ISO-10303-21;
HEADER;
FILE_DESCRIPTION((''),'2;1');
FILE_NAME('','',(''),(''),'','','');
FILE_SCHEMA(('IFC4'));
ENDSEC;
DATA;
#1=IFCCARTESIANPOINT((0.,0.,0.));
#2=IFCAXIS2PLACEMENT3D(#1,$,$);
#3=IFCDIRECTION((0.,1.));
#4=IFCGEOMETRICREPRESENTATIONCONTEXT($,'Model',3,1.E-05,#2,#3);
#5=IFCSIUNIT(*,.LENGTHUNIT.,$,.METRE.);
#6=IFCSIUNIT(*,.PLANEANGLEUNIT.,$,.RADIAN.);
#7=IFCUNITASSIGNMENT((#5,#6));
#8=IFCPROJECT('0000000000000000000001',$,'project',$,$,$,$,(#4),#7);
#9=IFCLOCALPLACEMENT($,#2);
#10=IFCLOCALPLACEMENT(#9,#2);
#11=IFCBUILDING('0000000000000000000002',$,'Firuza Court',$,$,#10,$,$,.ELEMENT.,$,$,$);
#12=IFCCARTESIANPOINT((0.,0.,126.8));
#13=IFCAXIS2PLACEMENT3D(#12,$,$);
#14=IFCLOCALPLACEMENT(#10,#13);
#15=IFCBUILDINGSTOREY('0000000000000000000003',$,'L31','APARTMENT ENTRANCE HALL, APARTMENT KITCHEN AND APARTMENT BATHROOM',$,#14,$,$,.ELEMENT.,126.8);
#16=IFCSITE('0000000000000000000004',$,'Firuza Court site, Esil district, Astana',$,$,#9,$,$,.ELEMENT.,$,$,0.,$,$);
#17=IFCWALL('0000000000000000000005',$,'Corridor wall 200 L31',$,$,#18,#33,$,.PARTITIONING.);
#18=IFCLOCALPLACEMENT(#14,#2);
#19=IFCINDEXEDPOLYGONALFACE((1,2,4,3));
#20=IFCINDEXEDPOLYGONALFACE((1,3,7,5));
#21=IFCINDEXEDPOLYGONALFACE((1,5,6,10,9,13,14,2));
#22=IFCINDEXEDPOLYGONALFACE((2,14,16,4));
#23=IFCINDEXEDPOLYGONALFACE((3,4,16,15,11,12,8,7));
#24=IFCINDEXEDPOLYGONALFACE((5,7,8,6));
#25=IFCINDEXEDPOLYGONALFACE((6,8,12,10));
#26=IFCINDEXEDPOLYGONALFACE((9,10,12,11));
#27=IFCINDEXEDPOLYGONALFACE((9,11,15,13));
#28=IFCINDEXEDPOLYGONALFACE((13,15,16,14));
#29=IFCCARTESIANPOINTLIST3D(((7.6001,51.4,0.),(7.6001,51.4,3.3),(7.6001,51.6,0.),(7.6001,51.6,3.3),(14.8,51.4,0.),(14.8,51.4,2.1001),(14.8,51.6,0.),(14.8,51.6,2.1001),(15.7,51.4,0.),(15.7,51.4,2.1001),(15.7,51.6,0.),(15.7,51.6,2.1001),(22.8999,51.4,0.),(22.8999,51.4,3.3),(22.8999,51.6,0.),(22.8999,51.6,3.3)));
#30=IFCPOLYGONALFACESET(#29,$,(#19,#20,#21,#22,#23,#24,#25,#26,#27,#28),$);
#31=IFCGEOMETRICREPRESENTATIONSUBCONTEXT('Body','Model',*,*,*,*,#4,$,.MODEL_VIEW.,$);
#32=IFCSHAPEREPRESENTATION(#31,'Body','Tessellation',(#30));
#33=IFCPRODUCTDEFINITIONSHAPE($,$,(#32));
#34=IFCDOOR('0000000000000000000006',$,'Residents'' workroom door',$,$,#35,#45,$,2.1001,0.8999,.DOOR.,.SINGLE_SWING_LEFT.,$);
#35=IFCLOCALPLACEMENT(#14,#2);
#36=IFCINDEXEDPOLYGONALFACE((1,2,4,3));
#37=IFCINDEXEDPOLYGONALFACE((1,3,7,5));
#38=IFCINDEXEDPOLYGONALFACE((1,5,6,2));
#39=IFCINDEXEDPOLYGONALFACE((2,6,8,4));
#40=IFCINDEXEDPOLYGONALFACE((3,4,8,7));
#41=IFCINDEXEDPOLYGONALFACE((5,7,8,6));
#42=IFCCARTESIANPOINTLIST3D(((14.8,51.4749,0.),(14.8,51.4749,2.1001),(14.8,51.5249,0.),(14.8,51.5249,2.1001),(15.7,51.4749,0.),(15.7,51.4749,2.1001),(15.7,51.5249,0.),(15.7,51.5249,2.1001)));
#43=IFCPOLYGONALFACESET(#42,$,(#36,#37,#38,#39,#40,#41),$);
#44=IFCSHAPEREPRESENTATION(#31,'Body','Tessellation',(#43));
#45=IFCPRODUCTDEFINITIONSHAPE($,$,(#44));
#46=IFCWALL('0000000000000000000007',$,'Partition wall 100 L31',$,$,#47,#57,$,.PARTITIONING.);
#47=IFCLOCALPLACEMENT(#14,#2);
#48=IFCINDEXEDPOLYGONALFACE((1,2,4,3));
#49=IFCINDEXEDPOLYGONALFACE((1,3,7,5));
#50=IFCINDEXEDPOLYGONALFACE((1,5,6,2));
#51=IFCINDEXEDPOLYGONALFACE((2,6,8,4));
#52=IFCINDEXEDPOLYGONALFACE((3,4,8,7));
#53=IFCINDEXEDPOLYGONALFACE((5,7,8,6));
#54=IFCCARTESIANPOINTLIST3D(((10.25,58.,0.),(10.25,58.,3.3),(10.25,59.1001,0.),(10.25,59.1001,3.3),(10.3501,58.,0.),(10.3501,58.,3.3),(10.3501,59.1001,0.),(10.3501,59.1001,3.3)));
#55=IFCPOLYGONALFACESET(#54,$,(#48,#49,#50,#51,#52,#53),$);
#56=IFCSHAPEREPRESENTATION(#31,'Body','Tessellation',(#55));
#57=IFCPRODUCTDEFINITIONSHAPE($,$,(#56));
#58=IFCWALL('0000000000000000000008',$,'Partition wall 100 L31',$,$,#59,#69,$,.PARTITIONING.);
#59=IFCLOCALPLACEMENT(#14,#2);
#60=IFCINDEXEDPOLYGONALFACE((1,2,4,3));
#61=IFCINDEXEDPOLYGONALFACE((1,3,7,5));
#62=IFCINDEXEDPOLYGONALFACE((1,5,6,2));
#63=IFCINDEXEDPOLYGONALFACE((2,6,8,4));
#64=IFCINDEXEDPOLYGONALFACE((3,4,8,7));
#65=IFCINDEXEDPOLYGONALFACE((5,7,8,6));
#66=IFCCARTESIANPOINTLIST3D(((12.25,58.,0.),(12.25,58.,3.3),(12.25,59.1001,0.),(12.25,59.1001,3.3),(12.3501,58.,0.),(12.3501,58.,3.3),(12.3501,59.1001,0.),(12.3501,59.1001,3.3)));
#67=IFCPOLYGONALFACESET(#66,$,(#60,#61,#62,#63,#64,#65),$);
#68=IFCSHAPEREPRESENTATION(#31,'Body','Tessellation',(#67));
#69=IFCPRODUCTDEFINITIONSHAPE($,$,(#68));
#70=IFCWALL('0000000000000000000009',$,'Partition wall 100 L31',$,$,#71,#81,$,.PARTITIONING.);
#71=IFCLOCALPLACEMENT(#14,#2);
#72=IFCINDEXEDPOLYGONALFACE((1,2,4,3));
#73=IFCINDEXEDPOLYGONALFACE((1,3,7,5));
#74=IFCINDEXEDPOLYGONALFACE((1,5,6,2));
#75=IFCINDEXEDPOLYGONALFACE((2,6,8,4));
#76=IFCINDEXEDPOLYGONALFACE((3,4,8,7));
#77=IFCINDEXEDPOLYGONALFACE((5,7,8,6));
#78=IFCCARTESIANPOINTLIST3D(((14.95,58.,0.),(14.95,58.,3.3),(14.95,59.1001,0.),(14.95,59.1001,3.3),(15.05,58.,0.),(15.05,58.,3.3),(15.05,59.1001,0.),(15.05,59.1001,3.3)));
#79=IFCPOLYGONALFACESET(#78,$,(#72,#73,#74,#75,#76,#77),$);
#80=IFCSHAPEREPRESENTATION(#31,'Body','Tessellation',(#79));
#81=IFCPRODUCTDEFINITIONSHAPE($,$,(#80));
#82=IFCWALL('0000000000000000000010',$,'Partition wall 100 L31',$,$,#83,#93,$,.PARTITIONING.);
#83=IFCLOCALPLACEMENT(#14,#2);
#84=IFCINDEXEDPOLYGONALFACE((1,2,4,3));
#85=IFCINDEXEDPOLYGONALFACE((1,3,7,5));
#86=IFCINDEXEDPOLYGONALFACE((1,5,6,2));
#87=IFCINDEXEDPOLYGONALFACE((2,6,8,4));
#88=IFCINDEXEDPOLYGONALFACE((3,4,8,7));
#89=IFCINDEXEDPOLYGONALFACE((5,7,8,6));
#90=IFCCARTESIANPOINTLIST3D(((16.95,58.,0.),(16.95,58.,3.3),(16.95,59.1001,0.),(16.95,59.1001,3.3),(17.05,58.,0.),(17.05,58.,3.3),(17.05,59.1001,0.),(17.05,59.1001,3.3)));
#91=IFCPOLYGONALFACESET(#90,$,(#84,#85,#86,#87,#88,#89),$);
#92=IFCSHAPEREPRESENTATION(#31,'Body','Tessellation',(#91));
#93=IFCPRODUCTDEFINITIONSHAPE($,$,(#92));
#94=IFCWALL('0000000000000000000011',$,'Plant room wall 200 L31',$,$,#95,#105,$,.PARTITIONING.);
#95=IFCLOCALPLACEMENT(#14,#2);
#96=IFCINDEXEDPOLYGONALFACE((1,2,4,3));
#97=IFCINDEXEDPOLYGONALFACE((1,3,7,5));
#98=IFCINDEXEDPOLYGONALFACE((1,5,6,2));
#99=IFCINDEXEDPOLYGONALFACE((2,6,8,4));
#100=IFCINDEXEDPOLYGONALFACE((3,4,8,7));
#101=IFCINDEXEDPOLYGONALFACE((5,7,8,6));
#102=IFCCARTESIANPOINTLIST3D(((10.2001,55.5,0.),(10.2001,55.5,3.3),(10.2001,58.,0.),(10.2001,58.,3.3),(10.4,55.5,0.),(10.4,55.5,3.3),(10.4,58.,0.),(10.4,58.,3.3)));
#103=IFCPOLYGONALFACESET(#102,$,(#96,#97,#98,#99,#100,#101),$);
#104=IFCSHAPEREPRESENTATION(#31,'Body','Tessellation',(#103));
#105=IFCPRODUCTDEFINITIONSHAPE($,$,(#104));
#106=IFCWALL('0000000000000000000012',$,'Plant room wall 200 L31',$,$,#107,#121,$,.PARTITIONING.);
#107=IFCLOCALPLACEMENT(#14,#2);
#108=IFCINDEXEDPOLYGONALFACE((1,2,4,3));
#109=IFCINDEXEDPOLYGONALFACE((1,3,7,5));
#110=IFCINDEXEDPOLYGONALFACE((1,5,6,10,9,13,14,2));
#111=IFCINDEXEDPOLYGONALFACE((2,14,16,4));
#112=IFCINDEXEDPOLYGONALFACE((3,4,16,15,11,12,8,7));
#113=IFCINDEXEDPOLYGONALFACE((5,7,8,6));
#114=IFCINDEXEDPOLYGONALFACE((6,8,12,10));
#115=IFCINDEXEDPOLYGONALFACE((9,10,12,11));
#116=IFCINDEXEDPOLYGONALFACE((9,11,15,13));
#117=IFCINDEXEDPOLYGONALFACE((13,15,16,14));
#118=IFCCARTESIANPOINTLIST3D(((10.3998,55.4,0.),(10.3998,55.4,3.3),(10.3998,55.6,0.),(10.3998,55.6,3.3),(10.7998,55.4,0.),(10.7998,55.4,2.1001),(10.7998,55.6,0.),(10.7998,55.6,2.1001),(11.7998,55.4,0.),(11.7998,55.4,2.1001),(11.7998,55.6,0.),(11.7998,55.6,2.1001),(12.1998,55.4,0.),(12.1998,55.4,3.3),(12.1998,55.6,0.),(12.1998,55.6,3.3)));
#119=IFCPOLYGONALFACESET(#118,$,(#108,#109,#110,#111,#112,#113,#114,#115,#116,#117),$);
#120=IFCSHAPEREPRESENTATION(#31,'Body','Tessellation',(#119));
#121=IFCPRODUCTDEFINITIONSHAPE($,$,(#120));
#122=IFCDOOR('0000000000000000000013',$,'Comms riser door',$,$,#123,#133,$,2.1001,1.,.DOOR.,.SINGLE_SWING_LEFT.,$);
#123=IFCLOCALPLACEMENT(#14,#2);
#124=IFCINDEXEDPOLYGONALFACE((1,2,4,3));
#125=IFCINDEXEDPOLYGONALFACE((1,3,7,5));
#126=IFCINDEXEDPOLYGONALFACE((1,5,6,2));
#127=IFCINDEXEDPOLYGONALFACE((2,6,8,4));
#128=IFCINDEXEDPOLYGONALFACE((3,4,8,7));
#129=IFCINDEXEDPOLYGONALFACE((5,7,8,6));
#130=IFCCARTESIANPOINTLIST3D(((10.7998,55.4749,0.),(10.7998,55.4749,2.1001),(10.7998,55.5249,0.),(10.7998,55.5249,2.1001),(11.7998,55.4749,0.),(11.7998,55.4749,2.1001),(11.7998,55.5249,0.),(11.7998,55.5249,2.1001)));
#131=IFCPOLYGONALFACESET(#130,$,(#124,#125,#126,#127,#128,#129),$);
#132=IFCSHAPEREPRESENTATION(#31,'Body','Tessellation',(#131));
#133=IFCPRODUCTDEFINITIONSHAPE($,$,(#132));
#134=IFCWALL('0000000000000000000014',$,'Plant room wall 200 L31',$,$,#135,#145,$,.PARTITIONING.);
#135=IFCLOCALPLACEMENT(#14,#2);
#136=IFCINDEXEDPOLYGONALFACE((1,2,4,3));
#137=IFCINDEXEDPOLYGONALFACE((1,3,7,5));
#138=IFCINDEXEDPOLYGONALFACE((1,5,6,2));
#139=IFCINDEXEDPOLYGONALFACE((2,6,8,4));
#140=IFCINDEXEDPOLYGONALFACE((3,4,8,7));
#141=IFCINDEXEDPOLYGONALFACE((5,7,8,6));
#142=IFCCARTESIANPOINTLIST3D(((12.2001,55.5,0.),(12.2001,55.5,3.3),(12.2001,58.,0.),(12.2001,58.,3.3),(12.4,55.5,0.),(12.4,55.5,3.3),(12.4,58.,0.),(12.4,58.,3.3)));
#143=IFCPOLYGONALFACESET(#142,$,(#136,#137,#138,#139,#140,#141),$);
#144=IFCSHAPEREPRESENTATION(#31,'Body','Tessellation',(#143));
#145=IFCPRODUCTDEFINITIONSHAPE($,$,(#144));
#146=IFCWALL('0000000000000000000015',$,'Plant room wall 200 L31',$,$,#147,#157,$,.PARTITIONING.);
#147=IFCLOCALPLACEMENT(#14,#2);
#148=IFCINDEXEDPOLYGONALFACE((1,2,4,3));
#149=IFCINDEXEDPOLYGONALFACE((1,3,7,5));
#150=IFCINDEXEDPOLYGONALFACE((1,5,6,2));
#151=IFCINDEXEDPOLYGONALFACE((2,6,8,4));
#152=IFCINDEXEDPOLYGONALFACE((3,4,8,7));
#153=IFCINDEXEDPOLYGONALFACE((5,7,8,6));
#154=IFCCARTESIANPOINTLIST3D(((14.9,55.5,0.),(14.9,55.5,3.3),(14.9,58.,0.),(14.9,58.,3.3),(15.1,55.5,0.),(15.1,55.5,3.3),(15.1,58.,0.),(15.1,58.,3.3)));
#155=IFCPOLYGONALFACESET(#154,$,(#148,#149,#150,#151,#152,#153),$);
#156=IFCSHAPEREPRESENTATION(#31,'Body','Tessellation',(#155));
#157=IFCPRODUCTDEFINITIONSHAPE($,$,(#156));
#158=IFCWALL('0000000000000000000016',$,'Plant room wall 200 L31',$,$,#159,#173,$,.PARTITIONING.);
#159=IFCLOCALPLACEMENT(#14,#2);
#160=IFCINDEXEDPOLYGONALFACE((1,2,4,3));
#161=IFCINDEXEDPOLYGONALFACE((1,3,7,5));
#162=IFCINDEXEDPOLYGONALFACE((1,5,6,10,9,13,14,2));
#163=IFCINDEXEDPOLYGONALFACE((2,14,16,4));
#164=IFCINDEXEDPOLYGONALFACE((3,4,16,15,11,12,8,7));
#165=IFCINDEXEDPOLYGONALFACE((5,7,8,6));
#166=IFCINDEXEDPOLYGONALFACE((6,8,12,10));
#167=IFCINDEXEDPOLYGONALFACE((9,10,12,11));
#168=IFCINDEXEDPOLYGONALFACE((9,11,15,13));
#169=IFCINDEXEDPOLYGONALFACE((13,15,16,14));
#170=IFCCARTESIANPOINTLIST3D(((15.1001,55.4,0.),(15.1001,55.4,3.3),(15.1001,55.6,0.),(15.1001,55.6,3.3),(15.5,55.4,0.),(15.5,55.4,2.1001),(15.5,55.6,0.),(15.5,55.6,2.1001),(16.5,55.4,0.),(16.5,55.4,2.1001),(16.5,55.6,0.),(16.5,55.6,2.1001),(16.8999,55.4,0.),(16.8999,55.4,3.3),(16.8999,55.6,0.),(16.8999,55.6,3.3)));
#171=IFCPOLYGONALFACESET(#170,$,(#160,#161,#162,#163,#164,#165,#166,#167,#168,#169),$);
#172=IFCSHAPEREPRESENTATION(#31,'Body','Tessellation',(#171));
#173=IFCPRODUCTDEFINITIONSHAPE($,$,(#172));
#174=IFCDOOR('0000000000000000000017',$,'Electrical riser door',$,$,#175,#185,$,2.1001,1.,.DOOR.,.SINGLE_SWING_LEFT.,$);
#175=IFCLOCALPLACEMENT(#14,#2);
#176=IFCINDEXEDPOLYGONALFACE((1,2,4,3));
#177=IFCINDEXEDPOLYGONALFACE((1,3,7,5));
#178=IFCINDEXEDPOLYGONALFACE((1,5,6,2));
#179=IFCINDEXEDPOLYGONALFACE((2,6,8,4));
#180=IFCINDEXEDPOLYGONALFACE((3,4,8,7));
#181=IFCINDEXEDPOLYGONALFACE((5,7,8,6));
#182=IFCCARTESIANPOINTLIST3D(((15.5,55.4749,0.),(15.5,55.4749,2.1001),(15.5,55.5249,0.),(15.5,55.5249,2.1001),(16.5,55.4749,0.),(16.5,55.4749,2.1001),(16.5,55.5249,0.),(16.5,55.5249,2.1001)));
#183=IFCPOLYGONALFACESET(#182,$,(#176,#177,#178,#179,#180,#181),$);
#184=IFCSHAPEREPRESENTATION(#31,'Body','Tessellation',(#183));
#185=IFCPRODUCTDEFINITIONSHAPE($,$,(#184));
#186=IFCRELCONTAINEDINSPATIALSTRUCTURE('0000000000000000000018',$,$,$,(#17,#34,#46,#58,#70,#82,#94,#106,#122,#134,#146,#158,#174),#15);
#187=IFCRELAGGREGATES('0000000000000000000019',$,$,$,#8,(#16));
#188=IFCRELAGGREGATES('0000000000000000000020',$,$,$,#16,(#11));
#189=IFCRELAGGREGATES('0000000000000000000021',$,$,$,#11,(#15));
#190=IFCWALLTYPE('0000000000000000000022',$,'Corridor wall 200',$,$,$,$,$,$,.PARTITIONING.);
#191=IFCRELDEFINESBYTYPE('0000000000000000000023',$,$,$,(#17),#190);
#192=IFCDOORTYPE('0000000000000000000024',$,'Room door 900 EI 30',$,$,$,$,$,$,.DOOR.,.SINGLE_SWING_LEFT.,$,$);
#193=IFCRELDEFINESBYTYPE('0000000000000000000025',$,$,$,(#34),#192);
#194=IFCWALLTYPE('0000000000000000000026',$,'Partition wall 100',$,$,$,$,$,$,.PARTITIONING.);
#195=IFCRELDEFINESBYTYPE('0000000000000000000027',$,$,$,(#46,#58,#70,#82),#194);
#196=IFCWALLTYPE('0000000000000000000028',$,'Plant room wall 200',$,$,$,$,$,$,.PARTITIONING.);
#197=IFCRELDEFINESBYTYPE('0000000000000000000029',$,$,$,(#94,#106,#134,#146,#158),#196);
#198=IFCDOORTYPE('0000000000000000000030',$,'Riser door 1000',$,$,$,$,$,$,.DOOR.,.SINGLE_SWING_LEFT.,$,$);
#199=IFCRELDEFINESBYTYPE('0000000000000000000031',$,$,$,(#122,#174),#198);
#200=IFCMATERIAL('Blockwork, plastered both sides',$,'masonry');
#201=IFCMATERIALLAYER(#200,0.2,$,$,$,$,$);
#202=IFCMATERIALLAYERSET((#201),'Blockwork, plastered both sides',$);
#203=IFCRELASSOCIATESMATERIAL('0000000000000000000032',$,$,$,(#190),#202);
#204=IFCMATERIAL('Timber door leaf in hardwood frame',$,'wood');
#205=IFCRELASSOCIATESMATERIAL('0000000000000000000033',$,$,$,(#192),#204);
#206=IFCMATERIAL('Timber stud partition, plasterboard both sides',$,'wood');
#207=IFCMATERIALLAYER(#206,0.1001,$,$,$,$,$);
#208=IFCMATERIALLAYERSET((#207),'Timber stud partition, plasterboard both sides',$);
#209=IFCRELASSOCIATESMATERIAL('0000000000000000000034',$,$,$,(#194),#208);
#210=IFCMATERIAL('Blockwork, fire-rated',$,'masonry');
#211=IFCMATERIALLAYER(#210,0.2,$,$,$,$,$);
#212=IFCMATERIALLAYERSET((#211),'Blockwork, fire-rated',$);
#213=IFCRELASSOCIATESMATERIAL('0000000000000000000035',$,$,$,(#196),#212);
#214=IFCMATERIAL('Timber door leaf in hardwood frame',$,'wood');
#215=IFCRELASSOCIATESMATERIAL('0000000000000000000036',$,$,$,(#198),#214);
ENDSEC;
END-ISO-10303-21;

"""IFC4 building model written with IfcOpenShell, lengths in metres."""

from ifc_helpers import new_model, si_unit, direction, frame, frame_2d, origin, place, context, subcontext, project, spatial, rectangle, extrude, material, layer, layer_set, type_object, element, fill, save


model = new_model("IFC4")

# Units and contexts
model_context = context("Model", 3, precision=1e-05, world=origin(), true_north=direction((0.0, 1.0)))
body_context = subcontext(model_context, "Body", "Model", "MODEL_VIEW")
ifc_project = project(units=[si_unit("LENGTHUNIT", "METRE"), si_unit("PLANEANGLEUNIT", "RADIAN")], contexts=[model_context])

# Site, building, storey
site_placement = place(None, origin())
site = spatial("IfcSite", under=ifc_project, at=site_placement, Name="Firuza Court site, Esil district, Astana", CompositionType="ELEMENT", RefElevation=0.0)
building_placement = place(site_placement, origin())
building = spatial("IfcBuilding", under=site, at=building_placement, Name="Firuza Court", CompositionType="ELEMENT")
storey_placement = place(building_placement, frame((0.0, 0.0, 126.8)))
storey = spatial("IfcBuildingStorey", under=building, at=storey_placement, Name="L31", Description="APARTMENT ENTRANCE HALL, APARTMENT KITCHEN AND APARTMENT BATHROOM", CompositionType="ELEMENT", Elevation=126.8)

# Shared definitions
ifc_material_1 = material(Name="Blockwork, plastered both sides", Category="masonry")
ifc_layer_1 = layer(ifc_material_1, 0.2)
ifc_layer_set_1 = layer_set([ifc_layer_1], Name="Blockwork, plastered both sides")
wall_type_1 = type_object("IfcWallType", Name="Corridor wall 200", PredefinedType="PARTITIONING", material=ifc_layer_set_1)
ifc_material_2 = material(Name="Timber door leaf in hardwood frame", Category="wood")
door_type_1 = type_object("IfcDoorType", Name="Room door 900 EI 30", OperationType="SINGLE_SWING_LEFT", PredefinedType="DOOR", material=ifc_material_2)

# Wall, opening, door
wall_1_placement = place(storey_placement, frame((7.6001, 51.5, 0.0), z_axis=(0.0, 0.0, 1.0), x_axis=(1.0, 0.0, 0.0)))
wall_1 = element("IfcWall", 1, at=wall_1_placement, inside=storey, type_object=wall_type_1, Name="Corridor wall 200 L31", PredefinedType="PARTITIONING", context=body_context, shape_type="SweptSolid", body=[
    extrude(rectangle(XDim=15.2998, YDim=0.2, at=frame_2d((7.6499, 0.0))), origin(), (0.0, 0.0, 1.0), 3.3),
])
opening_1_placement = place(wall_1_placement, frame((7.2, 0.0, 0.0)))
opening_1 = element("IfcOpeningElement", 2, at=opening_1_placement, cuts=wall_1, PredefinedType="OPENING", context=body_context, shape_type="SweptSolid", body=[
    extrude(rectangle(XDim=0.8999, YDim=2.1001, at=frame_2d((0.45, 1.05))), frame((0.0, 0.1118, 0.0), z_axis=(0.0, -1.0, 0.0), x_axis=(1.0, 0.0, 0.0)), (0.0, 0.0, 1.0), 0.2239),
])
door_1_placement = place(opening_1_placement, origin())
door_1 = element("IfcDoor", 3, at=door_1_placement, inside=storey, type_object=door_type_1, Name="Residents' workroom door", OperationType="SINGLE_SWING_LEFT", OverallHeight=2.1001, OverallWidth=0.8999, PredefinedType="DOOR", context=body_context, shape_type="SweptSolid", body=[
    extrude(rectangle(XDim=0.8999, YDim=2.1001, at=frame_2d((0.45, 1.05))), frame((0.0, 0.0249, 0.0), z_axis=(0.0, -1.0, 0.0), x_axis=(1.0, 0.0, 0.0)), (0.0, 0.0, 1.0), 0.05),
])
fill(opening_1, door_1)

# Walls
ifc_material_3 = material(Name="Timber stud partition, plasterboard both sides", Category="wood")
ifc_layer_2 = layer(ifc_material_3, 0.1001)
ifc_layer_set_2 = layer_set([ifc_layer_2], Name="Timber stud partition, plasterboard both sides")
wall_type_2 = type_object("IfcWallType", Name="Partition wall 100", PredefinedType="PARTITIONING", material=ifc_layer_set_2)
for number, where, z_axis, x_axis, name in (
    (4, (10.3, 58.0, 0.0), (0.0, 0.0, 1.0), (0.0, 1.0, 0.0), "Partition wall 100 L31"),
    (5, (12.3, 58.0, 0.0), (0.0, 0.0, 1.0), (0.0, 1.0, 0.0), "Partition wall 100 L31"),
    (6, (15.0, 58.0, 0.0), (0.0, 0.0, 1.0), (0.0, 1.0, 0.0), "Partition wall 100 L31"),
    (7, (17.0, 58.0, 0.0), (0.0, 0.0, 1.0), (0.0, 1.0, 0.0), "Partition wall 100 L31"),
):
    element("IfcWall", number, at=place(storey_placement, frame(where, z_axis=z_axis, x_axis=x_axis)), inside=storey, type_object=wall_type_2, Name=name, PredefinedType="PARTITIONING", context=body_context, shape_type="SweptSolid", body=[
        extrude(rectangle(XDim=1.1001, YDim=0.1001, at=frame_2d((0.55, 0.0))), origin(), (0.0, 0.0, 1.0), 3.3),
    ])
ifc_material_4 = material(Name="Blockwork, fire-rated", Category="masonry")
ifc_layer_3 = layer(ifc_material_4, 0.2)
ifc_layer_set_3 = layer_set([ifc_layer_3], Name="Blockwork, fire-rated")
wall_type_3 = type_object("IfcWallType", Name="Plant room wall 200", PredefinedType="PARTITIONING", material=ifc_layer_set_3)
wall_2_placement = place(storey_placement, frame((10.3, 55.5, 0.0), z_axis=(0.0, 0.0, 1.0), x_axis=(0.0, 1.0, 0.0)))
element("IfcWall", 8, at=wall_2_placement, inside=storey, type_object=wall_type_3, Name="Plant room wall 200 L31", PredefinedType="PARTITIONING", context=body_context, shape_type="SweptSolid", body=[
    extrude(rectangle(XDim=2.5, YDim=0.2, at=frame_2d((1.25, 0.0))), origin(), (0.0, 0.0, 1.0), 3.3),
])

# Wall, opening, door
wall_3_placement = place(storey_placement, frame((10.3999, 55.5, 0.0), z_axis=(0.0, 0.0, 1.0), x_axis=(1.0, 0.0, 0.0)))
wall_3 = element("IfcWall", 9, at=wall_3_placement, inside=storey, type_object=wall_type_3, Name="Plant room wall 200 L31", PredefinedType="PARTITIONING", context=body_context, shape_type="SweptSolid", body=[
    extrude(rectangle(XDim=1.8, YDim=0.2, at=frame_2d((0.8999, 0.0))), origin(), (0.0, 0.0, 1.0), 3.3),
])
opening_2_placement = place(wall_3_placement, frame((0.3999, 0.0, 0.0)))
opening_2 = element("IfcOpeningElement", 10, at=opening_2_placement, cuts=wall_3, PredefinedType="OPENING", context=body_context, shape_type="SweptSolid", body=[
    extrude(rectangle(XDim=1.0, YDim=2.1001, at=frame_2d((0.5, 1.05))), frame((0.0, 0.1118, 0.0), z_axis=(0.0, -1.0, 0.0), x_axis=(1.0, 0.0, 0.0)), (0.0, 0.0, 1.0), 0.2239),
])
ifc_material_5 = material(Name="Timber door leaf in hardwood frame", Category="wood")
door_type_2 = type_object("IfcDoorType", Name="Riser door 1000", OperationType="SINGLE_SWING_LEFT", PredefinedType="DOOR", material=ifc_material_5)
door_2_placement = place(opening_2_placement, origin())
door_2 = element("IfcDoor", 11, at=door_2_placement, inside=storey, type_object=door_type_2, Name="Comms riser door", OperationType="SINGLE_SWING_LEFT", OverallHeight=2.1001, OverallWidth=1.0, PredefinedType="DOOR", context=body_context, shape_type="SweptSolid", body=[
    extrude(rectangle(XDim=1.0, YDim=2.1001, at=frame_2d((0.5, 1.05))), frame((0.0, 0.0249, 0.0), z_axis=(0.0, -1.0, 0.0), x_axis=(1.0, 0.0, 0.0)), (0.0, 0.0, 1.0), 0.05),
])
fill(opening_2, door_2)

# Walls
for number, where, z_axis, x_axis, name in (
    (12, (12.3, 55.5, 0.0), (0.0, 0.0, 1.0), (0.0, 1.0, 0.0), "Plant room wall 200 L31"),
    (13, (15.0, 55.5, 0.0), (0.0, 0.0, 1.0), (0.0, 1.0, 0.0), "Plant room wall 200 L31"),
):
    element("IfcWall", number, at=place(storey_placement, frame(where, z_axis=z_axis, x_axis=x_axis)), inside=storey, type_object=wall_type_3, Name=name, PredefinedType="PARTITIONING", context=body_context, shape_type="SweptSolid", body=[
        extrude(rectangle(XDim=2.5, YDim=0.2, at=frame_2d((1.25, 0.0))), origin(), (0.0, 0.0, 1.0), 3.3),
    ])

# Wall, opening, door
wall_4_placement = place(storey_placement, frame((15.1001, 55.5, 0.0), z_axis=(0.0, 0.0, 1.0), x_axis=(1.0, 0.0, 0.0)))
wall_4 = element("IfcWall", 14, at=wall_4_placement, inside=storey, type_object=wall_type_3, Name="Plant room wall 200 L31", PredefinedType="PARTITIONING", context=body_context, shape_type="SweptSolid", body=[
    extrude(rectangle(XDim=1.7998, YDim=0.2, at=frame_2d((0.8999, 0.0))), origin(), (0.0, 0.0, 1.0), 3.3),
])
opening_3_placement = place(wall_4_placement, frame((0.3999, 0.0, 0.0)))
opening_3 = element("IfcOpeningElement", 15, at=opening_3_placement, cuts=wall_4, PredefinedType="OPENING", context=body_context, shape_type="SweptSolid", body=[
    extrude(rectangle(XDim=1.0, YDim=2.1001, at=frame_2d((0.5, 1.05))), frame((0.0, 0.1118, 0.0), z_axis=(0.0, -1.0, 0.0), x_axis=(1.0, 0.0, 0.0)), (0.0, 0.0, 1.0), 0.2239),
])
door_3_placement = place(opening_3_placement, origin())
door_3 = element("IfcDoor", 16, at=door_3_placement, inside=storey, type_object=door_type_2, Name="Electrical riser door", OperationType="SINGLE_SWING_LEFT", OverallHeight=2.1001, OverallWidth=1.0, PredefinedType="DOOR", context=body_context, shape_type="SweptSolid", body=[
    extrude(rectangle(XDim=1.0, YDim=2.1001, at=frame_2d((0.5, 1.05))), frame((0.0, 0.0249, 0.0), z_axis=(0.0, -1.0, 0.0), x_axis=(1.0, 0.0, 0.0)), (0.0, 0.0, 1.0), 0.05),
])
fill(opening_3, door_3)

save(model, "model.ifc")
